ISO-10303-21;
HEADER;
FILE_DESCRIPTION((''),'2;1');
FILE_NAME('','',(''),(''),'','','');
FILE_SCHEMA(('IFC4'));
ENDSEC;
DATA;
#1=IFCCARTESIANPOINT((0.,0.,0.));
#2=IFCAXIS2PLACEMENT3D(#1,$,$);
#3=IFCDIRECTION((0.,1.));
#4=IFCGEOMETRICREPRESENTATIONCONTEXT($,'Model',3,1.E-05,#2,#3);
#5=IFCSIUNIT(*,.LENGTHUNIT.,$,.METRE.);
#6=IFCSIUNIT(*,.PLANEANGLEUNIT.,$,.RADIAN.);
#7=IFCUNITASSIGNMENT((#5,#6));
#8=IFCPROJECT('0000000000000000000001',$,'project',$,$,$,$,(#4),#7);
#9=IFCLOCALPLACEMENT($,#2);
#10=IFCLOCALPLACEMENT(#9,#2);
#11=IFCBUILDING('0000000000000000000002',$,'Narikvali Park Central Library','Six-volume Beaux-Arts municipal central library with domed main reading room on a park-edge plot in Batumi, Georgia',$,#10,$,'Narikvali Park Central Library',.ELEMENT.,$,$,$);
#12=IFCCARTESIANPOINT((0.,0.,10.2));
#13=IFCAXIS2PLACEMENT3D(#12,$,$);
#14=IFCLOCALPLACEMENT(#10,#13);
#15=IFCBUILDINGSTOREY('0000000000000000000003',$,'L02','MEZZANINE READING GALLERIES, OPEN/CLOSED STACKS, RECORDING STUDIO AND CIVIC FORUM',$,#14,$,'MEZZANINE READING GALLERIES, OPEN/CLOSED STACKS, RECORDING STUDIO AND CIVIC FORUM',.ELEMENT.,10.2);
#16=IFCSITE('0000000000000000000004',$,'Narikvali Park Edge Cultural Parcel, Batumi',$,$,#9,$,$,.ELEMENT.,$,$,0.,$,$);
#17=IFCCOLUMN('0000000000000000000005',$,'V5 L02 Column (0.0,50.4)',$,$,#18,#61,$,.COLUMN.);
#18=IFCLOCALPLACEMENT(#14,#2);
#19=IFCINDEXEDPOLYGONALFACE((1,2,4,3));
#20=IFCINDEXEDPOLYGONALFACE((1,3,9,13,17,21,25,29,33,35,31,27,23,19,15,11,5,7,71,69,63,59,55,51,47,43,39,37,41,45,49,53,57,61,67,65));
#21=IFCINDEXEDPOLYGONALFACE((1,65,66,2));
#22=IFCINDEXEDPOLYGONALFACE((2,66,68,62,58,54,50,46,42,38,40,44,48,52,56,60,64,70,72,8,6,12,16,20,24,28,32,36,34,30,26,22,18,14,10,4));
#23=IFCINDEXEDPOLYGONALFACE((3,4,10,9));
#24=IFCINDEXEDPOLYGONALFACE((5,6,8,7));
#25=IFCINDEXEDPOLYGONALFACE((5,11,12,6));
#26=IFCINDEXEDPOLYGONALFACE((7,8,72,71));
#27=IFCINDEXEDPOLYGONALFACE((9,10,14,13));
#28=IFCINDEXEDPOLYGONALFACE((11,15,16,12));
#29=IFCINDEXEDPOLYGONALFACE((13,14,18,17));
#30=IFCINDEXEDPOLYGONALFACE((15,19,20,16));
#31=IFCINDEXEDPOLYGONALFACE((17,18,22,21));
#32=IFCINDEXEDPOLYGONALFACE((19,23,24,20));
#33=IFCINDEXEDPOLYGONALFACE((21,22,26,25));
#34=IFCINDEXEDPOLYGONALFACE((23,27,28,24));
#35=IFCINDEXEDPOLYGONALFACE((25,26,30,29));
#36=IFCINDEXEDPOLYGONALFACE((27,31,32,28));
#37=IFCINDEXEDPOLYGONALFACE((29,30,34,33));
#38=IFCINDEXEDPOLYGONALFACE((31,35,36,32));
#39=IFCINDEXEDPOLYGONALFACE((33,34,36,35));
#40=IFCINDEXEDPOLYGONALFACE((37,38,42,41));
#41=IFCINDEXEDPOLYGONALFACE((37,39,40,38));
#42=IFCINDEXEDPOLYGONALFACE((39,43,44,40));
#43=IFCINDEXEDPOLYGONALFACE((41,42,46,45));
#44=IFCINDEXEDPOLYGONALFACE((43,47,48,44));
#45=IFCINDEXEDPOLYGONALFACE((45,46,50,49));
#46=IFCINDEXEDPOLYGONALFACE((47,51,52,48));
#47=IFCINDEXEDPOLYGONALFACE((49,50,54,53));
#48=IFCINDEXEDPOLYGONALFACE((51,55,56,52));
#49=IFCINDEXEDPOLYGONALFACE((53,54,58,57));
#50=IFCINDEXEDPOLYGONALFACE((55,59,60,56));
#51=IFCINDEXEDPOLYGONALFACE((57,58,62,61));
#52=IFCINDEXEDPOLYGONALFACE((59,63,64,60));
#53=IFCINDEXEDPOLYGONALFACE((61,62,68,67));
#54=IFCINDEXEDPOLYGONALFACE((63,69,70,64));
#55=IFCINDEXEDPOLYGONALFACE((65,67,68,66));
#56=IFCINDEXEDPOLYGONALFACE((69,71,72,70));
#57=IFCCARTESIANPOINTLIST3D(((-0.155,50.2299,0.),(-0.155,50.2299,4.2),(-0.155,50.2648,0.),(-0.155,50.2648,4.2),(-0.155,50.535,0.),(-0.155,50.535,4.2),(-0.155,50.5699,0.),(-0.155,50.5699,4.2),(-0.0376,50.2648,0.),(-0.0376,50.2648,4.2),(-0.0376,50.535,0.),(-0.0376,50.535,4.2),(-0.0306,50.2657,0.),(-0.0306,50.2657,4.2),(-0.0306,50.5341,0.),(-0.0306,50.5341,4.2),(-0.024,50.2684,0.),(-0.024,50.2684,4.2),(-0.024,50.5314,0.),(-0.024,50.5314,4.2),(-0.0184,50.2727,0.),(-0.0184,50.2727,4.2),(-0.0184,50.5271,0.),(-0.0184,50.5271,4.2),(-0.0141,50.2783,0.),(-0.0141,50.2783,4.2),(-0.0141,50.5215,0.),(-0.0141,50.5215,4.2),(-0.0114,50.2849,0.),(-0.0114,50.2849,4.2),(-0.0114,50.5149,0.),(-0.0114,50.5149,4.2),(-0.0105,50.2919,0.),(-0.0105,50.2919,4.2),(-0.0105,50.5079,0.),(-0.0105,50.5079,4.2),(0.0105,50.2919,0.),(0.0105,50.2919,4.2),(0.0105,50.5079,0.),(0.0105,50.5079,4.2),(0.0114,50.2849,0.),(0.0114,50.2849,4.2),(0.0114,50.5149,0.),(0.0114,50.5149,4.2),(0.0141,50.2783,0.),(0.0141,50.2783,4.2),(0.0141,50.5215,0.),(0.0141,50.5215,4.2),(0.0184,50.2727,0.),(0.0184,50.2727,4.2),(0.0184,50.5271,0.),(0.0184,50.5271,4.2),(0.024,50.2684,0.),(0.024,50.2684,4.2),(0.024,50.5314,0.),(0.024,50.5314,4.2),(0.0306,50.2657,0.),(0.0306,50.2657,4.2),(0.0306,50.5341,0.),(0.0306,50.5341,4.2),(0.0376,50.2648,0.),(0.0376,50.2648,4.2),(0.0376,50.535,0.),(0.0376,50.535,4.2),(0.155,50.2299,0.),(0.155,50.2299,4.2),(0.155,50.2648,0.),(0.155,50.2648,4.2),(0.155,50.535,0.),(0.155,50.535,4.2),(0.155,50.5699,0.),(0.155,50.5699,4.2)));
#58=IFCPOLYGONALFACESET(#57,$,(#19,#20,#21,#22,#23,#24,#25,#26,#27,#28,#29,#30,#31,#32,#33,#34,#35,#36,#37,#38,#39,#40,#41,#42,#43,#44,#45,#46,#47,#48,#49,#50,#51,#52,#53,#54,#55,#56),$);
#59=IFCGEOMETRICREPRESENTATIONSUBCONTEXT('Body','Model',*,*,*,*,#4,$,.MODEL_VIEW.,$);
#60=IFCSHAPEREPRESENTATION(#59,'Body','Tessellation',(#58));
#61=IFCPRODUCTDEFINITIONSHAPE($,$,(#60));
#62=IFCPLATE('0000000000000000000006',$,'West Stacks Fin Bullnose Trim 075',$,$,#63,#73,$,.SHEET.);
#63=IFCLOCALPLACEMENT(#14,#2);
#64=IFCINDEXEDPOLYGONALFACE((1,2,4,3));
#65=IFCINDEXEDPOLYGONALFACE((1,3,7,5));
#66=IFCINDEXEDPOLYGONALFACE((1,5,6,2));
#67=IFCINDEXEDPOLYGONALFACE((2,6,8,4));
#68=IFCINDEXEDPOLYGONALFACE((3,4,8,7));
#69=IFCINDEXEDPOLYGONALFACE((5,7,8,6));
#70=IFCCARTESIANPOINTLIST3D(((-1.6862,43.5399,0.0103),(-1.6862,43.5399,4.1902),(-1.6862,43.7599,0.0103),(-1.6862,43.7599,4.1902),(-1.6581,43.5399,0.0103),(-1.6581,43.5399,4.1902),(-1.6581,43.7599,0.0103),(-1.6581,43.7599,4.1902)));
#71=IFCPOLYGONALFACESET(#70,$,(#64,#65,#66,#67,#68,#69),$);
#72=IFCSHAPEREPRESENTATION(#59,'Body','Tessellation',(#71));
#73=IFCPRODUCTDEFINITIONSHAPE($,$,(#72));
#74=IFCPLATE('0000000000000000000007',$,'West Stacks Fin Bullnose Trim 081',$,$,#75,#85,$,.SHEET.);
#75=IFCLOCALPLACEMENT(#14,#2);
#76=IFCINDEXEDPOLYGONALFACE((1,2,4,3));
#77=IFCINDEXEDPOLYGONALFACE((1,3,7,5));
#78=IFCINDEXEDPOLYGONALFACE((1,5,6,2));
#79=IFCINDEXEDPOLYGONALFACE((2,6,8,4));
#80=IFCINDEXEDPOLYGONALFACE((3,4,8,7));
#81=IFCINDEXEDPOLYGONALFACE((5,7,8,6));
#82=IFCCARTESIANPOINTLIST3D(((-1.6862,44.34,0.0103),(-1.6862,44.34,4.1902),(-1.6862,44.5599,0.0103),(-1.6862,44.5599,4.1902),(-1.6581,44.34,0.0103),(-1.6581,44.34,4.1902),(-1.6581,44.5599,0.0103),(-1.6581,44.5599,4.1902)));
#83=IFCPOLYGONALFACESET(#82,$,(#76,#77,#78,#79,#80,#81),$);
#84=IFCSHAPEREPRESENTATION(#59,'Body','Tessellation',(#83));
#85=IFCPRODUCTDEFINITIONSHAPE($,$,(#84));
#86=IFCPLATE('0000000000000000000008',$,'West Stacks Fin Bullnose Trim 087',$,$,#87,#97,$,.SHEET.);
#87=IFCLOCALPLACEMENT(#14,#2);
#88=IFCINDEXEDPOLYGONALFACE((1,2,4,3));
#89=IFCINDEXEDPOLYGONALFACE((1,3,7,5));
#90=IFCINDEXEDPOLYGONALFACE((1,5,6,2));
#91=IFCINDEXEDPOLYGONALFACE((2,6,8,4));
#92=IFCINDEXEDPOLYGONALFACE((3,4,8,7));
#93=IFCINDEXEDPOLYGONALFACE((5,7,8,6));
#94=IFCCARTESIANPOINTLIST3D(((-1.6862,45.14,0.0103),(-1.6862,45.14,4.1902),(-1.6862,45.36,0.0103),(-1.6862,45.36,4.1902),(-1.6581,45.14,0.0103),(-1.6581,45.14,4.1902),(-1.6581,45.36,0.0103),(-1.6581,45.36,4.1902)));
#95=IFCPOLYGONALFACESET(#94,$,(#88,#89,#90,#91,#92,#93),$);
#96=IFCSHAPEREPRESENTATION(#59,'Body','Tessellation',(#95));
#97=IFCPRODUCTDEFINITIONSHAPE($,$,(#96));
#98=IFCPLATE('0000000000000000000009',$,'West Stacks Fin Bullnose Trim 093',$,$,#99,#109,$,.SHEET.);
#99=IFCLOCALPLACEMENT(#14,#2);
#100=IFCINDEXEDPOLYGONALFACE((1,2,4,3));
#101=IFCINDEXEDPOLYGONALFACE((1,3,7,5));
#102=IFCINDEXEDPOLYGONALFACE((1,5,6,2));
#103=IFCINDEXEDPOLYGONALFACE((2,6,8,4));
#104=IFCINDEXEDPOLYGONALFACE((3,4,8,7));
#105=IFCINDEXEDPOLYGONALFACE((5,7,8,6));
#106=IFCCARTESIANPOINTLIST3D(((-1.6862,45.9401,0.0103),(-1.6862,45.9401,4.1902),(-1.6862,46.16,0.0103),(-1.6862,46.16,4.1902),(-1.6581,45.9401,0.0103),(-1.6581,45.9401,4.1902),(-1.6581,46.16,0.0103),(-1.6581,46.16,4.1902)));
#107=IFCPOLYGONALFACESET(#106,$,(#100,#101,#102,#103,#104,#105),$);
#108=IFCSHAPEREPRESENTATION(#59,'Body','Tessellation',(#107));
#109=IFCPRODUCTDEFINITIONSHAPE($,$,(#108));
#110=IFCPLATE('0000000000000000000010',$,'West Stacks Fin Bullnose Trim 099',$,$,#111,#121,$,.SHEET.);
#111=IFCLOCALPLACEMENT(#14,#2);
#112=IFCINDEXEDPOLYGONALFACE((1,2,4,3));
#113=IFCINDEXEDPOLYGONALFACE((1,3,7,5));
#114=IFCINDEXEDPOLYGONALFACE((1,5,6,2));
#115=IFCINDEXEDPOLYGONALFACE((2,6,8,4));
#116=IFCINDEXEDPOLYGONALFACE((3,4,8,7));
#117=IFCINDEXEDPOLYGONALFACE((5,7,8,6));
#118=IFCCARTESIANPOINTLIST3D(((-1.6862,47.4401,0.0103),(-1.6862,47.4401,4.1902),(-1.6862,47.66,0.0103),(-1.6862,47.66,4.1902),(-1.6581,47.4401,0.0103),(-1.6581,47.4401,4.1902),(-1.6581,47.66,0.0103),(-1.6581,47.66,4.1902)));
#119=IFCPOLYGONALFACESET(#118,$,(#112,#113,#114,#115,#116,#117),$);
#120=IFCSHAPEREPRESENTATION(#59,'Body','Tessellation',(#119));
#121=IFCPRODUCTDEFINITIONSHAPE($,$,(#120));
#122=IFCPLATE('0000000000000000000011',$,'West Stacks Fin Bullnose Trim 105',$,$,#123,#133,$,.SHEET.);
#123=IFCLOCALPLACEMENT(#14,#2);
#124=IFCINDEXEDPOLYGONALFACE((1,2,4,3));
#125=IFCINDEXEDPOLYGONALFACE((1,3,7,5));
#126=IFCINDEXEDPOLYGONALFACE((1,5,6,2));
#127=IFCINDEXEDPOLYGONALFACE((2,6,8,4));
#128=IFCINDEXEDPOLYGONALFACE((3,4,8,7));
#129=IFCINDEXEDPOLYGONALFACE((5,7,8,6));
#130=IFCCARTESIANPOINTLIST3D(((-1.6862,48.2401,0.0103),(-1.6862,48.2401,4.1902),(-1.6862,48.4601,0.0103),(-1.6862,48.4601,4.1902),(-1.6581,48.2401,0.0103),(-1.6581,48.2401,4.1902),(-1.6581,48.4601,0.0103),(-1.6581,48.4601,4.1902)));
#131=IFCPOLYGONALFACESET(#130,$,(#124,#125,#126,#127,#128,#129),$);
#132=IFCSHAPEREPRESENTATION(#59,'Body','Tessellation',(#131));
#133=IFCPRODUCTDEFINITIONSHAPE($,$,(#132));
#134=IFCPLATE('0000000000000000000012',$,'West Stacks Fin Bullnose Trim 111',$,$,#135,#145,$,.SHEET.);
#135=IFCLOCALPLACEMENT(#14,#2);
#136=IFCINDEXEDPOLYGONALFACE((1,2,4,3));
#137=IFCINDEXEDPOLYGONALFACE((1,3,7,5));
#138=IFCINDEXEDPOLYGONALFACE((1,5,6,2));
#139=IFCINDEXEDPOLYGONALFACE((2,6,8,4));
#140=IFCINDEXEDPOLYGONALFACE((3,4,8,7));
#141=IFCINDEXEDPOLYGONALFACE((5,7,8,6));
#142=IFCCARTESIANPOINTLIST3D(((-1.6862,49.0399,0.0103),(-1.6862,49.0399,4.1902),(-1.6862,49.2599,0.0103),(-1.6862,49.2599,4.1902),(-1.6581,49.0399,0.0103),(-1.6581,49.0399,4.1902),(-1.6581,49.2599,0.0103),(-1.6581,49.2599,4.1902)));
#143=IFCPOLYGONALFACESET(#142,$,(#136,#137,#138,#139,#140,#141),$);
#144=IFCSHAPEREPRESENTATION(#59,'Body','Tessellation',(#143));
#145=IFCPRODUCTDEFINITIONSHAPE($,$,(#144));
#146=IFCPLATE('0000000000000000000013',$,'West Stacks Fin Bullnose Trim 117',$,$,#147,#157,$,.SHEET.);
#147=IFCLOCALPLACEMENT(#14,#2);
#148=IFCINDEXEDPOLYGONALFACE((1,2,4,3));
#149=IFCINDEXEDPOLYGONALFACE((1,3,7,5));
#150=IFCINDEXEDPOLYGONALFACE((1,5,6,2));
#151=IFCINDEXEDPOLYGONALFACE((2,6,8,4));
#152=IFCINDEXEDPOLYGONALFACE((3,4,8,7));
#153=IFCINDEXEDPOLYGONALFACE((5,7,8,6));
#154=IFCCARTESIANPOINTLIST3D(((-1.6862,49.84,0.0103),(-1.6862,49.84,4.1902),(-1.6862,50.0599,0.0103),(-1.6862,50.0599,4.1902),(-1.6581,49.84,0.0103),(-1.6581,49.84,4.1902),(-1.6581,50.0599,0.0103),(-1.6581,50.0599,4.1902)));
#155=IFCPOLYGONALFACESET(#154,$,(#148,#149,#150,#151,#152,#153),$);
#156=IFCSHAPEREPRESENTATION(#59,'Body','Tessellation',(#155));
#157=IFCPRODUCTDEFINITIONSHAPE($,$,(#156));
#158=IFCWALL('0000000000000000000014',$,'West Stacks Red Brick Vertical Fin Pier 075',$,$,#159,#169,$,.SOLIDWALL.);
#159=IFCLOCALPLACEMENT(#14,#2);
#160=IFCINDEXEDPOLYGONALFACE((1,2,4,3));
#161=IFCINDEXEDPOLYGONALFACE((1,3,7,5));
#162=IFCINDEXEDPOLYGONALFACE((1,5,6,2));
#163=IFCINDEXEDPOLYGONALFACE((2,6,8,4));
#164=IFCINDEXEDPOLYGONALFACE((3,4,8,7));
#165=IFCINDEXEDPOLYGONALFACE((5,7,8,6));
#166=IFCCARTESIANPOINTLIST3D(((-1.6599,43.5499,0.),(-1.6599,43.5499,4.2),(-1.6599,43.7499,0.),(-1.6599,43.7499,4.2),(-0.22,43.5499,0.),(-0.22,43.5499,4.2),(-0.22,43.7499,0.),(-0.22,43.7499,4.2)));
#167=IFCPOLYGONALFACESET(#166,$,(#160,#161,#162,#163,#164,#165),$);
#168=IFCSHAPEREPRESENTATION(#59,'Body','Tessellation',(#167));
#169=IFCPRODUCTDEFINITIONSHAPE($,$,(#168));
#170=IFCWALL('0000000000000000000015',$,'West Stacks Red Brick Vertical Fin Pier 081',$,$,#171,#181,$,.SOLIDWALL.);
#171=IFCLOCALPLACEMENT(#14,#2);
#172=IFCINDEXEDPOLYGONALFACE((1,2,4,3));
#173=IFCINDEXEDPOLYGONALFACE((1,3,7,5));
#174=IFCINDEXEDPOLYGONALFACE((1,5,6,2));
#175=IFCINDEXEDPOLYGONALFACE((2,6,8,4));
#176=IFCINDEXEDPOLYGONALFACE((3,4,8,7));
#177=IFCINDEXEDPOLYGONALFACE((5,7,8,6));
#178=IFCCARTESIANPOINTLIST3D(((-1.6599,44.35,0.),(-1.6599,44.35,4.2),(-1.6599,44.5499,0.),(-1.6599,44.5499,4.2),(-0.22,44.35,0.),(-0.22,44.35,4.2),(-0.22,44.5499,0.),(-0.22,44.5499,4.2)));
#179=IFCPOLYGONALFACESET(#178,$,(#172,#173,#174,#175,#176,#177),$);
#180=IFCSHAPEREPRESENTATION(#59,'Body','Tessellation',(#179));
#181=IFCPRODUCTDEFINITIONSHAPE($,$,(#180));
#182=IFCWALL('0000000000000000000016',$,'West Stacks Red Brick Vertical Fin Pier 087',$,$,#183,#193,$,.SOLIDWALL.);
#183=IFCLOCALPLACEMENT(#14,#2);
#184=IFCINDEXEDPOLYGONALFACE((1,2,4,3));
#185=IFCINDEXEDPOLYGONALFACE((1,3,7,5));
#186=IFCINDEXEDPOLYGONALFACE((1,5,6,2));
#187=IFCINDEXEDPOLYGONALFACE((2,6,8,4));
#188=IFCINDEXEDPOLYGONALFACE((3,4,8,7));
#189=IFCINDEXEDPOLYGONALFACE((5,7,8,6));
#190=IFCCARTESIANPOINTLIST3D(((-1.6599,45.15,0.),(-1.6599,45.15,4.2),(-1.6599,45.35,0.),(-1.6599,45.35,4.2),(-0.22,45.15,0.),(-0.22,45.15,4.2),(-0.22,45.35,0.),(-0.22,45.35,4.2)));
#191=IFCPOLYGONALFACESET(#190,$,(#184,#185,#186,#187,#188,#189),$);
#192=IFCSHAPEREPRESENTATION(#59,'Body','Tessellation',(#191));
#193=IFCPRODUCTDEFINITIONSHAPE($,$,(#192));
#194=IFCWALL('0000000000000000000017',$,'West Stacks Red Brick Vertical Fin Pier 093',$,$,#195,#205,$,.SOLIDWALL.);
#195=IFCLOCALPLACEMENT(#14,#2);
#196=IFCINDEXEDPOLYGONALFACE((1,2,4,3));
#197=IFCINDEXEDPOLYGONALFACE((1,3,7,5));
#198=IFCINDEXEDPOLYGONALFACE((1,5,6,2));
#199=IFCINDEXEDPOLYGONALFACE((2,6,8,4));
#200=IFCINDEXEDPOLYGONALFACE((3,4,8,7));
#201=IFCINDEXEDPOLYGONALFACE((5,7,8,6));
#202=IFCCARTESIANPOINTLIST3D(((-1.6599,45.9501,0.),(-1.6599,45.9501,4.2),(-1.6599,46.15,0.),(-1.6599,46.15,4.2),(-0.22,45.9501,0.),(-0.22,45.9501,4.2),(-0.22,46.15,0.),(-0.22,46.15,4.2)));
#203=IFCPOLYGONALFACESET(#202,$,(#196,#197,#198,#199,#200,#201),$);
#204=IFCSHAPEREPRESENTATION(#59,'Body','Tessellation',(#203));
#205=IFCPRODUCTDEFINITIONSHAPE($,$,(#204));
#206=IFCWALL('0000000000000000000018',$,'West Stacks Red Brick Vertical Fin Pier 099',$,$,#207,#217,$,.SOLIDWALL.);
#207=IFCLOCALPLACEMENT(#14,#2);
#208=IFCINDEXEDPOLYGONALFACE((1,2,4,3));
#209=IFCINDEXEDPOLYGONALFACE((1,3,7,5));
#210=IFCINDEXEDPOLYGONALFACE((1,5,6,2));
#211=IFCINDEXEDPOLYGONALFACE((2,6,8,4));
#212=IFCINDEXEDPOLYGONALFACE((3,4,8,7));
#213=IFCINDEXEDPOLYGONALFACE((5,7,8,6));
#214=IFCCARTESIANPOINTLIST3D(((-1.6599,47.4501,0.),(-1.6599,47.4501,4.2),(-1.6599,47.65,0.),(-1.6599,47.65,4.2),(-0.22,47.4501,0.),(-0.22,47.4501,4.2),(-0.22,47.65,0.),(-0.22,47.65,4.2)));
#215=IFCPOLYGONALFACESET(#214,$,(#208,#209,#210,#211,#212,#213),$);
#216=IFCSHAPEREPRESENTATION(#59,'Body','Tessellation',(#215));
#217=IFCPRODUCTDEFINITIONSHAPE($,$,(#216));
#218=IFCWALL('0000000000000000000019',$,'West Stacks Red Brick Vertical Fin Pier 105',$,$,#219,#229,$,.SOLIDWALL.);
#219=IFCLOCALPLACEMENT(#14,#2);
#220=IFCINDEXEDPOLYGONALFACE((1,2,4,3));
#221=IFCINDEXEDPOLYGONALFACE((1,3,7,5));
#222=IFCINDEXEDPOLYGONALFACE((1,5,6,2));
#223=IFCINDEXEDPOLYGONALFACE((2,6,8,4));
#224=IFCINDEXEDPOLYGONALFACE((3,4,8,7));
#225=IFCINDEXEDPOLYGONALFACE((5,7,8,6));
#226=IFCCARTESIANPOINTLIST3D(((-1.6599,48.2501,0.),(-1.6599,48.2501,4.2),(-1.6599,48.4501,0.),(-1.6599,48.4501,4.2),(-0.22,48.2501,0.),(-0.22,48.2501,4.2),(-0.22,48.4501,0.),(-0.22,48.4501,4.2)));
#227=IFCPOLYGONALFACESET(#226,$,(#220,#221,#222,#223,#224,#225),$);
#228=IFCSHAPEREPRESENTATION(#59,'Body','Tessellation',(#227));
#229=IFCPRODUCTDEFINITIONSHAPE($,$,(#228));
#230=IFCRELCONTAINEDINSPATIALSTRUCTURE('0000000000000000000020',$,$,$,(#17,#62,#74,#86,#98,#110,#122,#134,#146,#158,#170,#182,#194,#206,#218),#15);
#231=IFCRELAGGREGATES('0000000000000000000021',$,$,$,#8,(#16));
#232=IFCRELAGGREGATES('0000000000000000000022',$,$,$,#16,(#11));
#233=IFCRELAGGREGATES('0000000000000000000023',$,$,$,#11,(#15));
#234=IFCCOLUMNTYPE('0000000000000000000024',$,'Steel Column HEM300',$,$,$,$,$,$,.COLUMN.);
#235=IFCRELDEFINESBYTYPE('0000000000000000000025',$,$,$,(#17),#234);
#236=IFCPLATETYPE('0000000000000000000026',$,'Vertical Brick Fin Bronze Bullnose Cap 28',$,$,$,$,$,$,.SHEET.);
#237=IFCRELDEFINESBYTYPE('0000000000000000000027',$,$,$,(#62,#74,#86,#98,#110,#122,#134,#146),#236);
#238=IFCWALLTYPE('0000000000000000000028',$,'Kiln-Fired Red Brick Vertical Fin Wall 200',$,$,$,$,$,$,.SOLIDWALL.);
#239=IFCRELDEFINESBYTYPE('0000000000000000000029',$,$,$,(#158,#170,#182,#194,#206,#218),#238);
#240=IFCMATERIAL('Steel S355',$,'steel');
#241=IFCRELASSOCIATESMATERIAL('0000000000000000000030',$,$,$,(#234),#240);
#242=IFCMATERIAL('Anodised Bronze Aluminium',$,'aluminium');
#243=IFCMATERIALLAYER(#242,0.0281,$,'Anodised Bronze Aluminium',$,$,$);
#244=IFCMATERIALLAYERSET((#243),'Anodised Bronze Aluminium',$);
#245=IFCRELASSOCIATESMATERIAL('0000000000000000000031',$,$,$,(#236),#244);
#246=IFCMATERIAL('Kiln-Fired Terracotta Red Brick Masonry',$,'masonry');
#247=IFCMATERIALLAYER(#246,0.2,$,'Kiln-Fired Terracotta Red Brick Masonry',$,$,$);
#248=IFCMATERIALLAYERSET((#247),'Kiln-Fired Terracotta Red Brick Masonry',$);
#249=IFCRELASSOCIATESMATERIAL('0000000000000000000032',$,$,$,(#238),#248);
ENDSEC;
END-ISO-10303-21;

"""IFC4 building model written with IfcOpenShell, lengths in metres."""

from ifc_helpers import new_model, si_unit, direction, frame, frame_2d, origin, origin_2d, place, context, subcontext, project, spatial, rectangle, i_section, extrude, material, layer, layer_set, material_profile, profile_set, type_object, element, save


model = new_model("IFC4")

# Units and contexts
model_context = context("Model", 3, precision=1e-05, world=origin(), true_north=direction((0.0, 1.0)))
body_context = subcontext(model_context, "Body", "Model", "MODEL_VIEW")
ifc_project = project(units=[si_unit("LENGTHUNIT", "METRE"), si_unit("PLANEANGLEUNIT", "RADIAN")], contexts=[model_context])

# Site, building, storey
site_placement = place(None, origin())
site = spatial("IfcSite", under=ifc_project, at=site_placement, Name="Narikvali Park Edge Cultural Parcel, Batumi", CompositionType="ELEMENT", RefElevation=0.0)
building_placement = place(site_placement, origin())
building = spatial("IfcBuilding", under=site, at=building_placement, Name="Narikvali Park Central Library", Description="Six-volume Beaux-Arts municipal central library with domed main reading room on a park-edge plot in Batumi, Georgia", LongName="Narikvali Park Central Library", CompositionType="ELEMENT")
storey_placement = place(building_placement, frame((0.0, 0.0, 10.2)))
storey = spatial("IfcBuildingStorey", under=building, at=storey_placement, Name="L02", Description="MEZZANINE READING GALLERIES, OPEN/CLOSED STACKS, RECORDING STUDIO AND CIVIC FORUM", LongName="MEZZANINE READING GALLERIES, OPEN/CLOSED STACKS, RECORDING STUDIO AND CIVIC FORUM", CompositionType="ELEMENT", Elevation=10.2)

# Column
ifc_material_1 = material(Name="Steel S355", Category="steel")
ifc_material_profile = material_profile(ifc_material_1, i_section(OverallWidth=0.3101, OverallDepth=0.3401, WebThickness=0.021, FlangeThickness=0.0349, FilletRadius=0.0271, at=origin_2d()), Name="HEM 300")
ifc_profile_set = profile_set([ifc_material_profile], Name="Steel S355")
column_type = type_object("IfcColumnType", Name="Steel Column HEM300", PredefinedType="COLUMN", material=ifc_profile_set)
column_placement = place(storey_placement, frame((0.0, 50.3999, 0.0), z_axis=(0.0, 0.0, 1.0), x_axis=(1.0, 0.0, 0.0)))
element("IfcColumn", 1, at=column_placement, inside=storey, type_object=column_type, Name="V5 L02 Column (0.0,50.4)", PredefinedType="COLUMN", context=body_context, shape_type="SweptSolid", body=[
    extrude(i_section(OverallWidth=0.3101, OverallDepth=0.3401, WebThickness=0.021, FlangeThickness=0.0349, FilletRadius=0.0271, at=origin_2d()), origin(), (0.0, 0.0, 1.0), 4.2),
])

# Plates
ifc_material_2 = material(Name="Anodised Bronze Aluminium", Category="aluminium")
ifc_layer_1 = layer(ifc_material_2, 0.0281, Name="Anodised Bronze Aluminium")
ifc_layer_set_1 = layer_set([ifc_layer_1], Name="Anodised Bronze Aluminium")
plate_type = type_object("IfcPlateType", Name="Vertical Brick Fin Bronze Bullnose Cap 28", PredefinedType="SHEET", material=ifc_layer_set_1)
for number, where, z_axis, x_axis, name in (
    (2, (-1.6721, 43.6499, 0.0103), (0.0, 0.0, 1.0), (1.0, 0.0, 0.0), "West Stacks Fin Bullnose Trim 075"),
    (3, (-1.6721, 44.45, 0.0103), (0.0, 0.0, 1.0), (1.0, 0.0, 0.0), "West Stacks Fin Bullnose Trim 081"),
    (4, (-1.6721, 45.25, 0.0103), (0.0, 0.0, 1.0), (1.0, 0.0, 0.0), "West Stacks Fin Bullnose Trim 087"),
    (5, (-1.6721, 46.05, 0.0103), (0.0, 0.0, 1.0), (1.0, 0.0, 0.0), "West Stacks Fin Bullnose Trim 093"),
    (6, (-1.6721, 47.55, 0.0103), (0.0, 0.0, 1.0), (1.0, 0.0, 0.0), "West Stacks Fin Bullnose Trim 099"),
    (7, (-1.6721, 48.3501, 0.0103), (0.0, 0.0, 1.0), (1.0, 0.0, 0.0), "West Stacks Fin Bullnose Trim 105"),
    (8, (-1.6721, 49.1499, 0.0103), (0.0, 0.0, 1.0), (1.0, 0.0, 0.0), "West Stacks Fin Bullnose Trim 111"),
    (9, (-1.6721, 49.95, 0.0103), (0.0, 0.0, 1.0), (1.0, 0.0, 0.0), "West Stacks Fin Bullnose Trim 117"),
):
    element("IfcPlate", number, at=place(storey_placement, frame(where, z_axis=z_axis, x_axis=x_axis)), inside=storey, type_object=plate_type, Name=name, PredefinedType="SHEET", context=body_context, shape_type="SweptSolid", body=[
        extrude(rectangle(XDim=0.0281, YDim=0.22, at=origin_2d()), origin(), (0.0, 0.0, 1.0), 4.1799),
    ])

# Walls
ifc_material_3 = material(Name="Kiln-Fired Terracotta Red Brick Masonry", Category="masonry")
ifc_layer_2 = layer(ifc_material_3, 0.2, Name="Kiln-Fired Terracotta Red Brick Masonry")
ifc_layer_set_2 = layer_set([ifc_layer_2], Name="Kiln-Fired Terracotta Red Brick Masonry")
wall_type_1 = type_object("IfcWallType", Name="Kiln-Fired Red Brick Vertical Fin Wall 200", PredefinedType="SOLIDWALL", material=ifc_layer_set_2)
for number, where, z_axis, x_axis, name in (
    (10, (-1.6599, 43.6499, 0.0), (0.0, 0.0, 1.0), (1.0, 0.0, 0.0), "West Stacks Red Brick Vertical Fin Pier 075"),
    (11, (-1.6599, 44.45, 0.0), (0.0, 0.0, 1.0), (1.0, 0.0, 0.0), "West Stacks Red Brick Vertical Fin Pier 081"),
    (12, (-1.6599, 45.25, 0.0), (0.0, 0.0, 1.0), (1.0, 0.0, 0.0), "West Stacks Red Brick Vertical Fin Pier 087"),
    (13, (-1.6599, 46.05, 0.0), (0.0, 0.0, 1.0), (1.0, 0.0, 0.0), "West Stacks Red Brick Vertical Fin Pier 093"),
    (14, (-1.6599, 47.55, 0.0), (0.0, 0.0, 1.0), (1.0, 0.0, 0.0), "West Stacks Red Brick Vertical Fin Pier 099"),
    (15, (-1.6599, 48.3501, 0.0), (0.0, 0.0, 1.0), (1.0, 0.0, 0.0), "West Stacks Red Brick Vertical Fin Pier 105"),
):
    element("IfcWall", number, at=place(storey_placement, frame(where, z_axis=z_axis, x_axis=x_axis)), inside=storey, type_object=wall_type_1, Name=name, PredefinedType="SOLIDWALL", context=body_context, shape_type="SweptSolid", body=[
        extrude(rectangle(XDim=1.4399, YDim=0.2, at=frame_2d((0.72, 0.0))), origin(), (0.0, 0.0, 1.0), 4.2),
    ])

save(model, "model.ifc")
